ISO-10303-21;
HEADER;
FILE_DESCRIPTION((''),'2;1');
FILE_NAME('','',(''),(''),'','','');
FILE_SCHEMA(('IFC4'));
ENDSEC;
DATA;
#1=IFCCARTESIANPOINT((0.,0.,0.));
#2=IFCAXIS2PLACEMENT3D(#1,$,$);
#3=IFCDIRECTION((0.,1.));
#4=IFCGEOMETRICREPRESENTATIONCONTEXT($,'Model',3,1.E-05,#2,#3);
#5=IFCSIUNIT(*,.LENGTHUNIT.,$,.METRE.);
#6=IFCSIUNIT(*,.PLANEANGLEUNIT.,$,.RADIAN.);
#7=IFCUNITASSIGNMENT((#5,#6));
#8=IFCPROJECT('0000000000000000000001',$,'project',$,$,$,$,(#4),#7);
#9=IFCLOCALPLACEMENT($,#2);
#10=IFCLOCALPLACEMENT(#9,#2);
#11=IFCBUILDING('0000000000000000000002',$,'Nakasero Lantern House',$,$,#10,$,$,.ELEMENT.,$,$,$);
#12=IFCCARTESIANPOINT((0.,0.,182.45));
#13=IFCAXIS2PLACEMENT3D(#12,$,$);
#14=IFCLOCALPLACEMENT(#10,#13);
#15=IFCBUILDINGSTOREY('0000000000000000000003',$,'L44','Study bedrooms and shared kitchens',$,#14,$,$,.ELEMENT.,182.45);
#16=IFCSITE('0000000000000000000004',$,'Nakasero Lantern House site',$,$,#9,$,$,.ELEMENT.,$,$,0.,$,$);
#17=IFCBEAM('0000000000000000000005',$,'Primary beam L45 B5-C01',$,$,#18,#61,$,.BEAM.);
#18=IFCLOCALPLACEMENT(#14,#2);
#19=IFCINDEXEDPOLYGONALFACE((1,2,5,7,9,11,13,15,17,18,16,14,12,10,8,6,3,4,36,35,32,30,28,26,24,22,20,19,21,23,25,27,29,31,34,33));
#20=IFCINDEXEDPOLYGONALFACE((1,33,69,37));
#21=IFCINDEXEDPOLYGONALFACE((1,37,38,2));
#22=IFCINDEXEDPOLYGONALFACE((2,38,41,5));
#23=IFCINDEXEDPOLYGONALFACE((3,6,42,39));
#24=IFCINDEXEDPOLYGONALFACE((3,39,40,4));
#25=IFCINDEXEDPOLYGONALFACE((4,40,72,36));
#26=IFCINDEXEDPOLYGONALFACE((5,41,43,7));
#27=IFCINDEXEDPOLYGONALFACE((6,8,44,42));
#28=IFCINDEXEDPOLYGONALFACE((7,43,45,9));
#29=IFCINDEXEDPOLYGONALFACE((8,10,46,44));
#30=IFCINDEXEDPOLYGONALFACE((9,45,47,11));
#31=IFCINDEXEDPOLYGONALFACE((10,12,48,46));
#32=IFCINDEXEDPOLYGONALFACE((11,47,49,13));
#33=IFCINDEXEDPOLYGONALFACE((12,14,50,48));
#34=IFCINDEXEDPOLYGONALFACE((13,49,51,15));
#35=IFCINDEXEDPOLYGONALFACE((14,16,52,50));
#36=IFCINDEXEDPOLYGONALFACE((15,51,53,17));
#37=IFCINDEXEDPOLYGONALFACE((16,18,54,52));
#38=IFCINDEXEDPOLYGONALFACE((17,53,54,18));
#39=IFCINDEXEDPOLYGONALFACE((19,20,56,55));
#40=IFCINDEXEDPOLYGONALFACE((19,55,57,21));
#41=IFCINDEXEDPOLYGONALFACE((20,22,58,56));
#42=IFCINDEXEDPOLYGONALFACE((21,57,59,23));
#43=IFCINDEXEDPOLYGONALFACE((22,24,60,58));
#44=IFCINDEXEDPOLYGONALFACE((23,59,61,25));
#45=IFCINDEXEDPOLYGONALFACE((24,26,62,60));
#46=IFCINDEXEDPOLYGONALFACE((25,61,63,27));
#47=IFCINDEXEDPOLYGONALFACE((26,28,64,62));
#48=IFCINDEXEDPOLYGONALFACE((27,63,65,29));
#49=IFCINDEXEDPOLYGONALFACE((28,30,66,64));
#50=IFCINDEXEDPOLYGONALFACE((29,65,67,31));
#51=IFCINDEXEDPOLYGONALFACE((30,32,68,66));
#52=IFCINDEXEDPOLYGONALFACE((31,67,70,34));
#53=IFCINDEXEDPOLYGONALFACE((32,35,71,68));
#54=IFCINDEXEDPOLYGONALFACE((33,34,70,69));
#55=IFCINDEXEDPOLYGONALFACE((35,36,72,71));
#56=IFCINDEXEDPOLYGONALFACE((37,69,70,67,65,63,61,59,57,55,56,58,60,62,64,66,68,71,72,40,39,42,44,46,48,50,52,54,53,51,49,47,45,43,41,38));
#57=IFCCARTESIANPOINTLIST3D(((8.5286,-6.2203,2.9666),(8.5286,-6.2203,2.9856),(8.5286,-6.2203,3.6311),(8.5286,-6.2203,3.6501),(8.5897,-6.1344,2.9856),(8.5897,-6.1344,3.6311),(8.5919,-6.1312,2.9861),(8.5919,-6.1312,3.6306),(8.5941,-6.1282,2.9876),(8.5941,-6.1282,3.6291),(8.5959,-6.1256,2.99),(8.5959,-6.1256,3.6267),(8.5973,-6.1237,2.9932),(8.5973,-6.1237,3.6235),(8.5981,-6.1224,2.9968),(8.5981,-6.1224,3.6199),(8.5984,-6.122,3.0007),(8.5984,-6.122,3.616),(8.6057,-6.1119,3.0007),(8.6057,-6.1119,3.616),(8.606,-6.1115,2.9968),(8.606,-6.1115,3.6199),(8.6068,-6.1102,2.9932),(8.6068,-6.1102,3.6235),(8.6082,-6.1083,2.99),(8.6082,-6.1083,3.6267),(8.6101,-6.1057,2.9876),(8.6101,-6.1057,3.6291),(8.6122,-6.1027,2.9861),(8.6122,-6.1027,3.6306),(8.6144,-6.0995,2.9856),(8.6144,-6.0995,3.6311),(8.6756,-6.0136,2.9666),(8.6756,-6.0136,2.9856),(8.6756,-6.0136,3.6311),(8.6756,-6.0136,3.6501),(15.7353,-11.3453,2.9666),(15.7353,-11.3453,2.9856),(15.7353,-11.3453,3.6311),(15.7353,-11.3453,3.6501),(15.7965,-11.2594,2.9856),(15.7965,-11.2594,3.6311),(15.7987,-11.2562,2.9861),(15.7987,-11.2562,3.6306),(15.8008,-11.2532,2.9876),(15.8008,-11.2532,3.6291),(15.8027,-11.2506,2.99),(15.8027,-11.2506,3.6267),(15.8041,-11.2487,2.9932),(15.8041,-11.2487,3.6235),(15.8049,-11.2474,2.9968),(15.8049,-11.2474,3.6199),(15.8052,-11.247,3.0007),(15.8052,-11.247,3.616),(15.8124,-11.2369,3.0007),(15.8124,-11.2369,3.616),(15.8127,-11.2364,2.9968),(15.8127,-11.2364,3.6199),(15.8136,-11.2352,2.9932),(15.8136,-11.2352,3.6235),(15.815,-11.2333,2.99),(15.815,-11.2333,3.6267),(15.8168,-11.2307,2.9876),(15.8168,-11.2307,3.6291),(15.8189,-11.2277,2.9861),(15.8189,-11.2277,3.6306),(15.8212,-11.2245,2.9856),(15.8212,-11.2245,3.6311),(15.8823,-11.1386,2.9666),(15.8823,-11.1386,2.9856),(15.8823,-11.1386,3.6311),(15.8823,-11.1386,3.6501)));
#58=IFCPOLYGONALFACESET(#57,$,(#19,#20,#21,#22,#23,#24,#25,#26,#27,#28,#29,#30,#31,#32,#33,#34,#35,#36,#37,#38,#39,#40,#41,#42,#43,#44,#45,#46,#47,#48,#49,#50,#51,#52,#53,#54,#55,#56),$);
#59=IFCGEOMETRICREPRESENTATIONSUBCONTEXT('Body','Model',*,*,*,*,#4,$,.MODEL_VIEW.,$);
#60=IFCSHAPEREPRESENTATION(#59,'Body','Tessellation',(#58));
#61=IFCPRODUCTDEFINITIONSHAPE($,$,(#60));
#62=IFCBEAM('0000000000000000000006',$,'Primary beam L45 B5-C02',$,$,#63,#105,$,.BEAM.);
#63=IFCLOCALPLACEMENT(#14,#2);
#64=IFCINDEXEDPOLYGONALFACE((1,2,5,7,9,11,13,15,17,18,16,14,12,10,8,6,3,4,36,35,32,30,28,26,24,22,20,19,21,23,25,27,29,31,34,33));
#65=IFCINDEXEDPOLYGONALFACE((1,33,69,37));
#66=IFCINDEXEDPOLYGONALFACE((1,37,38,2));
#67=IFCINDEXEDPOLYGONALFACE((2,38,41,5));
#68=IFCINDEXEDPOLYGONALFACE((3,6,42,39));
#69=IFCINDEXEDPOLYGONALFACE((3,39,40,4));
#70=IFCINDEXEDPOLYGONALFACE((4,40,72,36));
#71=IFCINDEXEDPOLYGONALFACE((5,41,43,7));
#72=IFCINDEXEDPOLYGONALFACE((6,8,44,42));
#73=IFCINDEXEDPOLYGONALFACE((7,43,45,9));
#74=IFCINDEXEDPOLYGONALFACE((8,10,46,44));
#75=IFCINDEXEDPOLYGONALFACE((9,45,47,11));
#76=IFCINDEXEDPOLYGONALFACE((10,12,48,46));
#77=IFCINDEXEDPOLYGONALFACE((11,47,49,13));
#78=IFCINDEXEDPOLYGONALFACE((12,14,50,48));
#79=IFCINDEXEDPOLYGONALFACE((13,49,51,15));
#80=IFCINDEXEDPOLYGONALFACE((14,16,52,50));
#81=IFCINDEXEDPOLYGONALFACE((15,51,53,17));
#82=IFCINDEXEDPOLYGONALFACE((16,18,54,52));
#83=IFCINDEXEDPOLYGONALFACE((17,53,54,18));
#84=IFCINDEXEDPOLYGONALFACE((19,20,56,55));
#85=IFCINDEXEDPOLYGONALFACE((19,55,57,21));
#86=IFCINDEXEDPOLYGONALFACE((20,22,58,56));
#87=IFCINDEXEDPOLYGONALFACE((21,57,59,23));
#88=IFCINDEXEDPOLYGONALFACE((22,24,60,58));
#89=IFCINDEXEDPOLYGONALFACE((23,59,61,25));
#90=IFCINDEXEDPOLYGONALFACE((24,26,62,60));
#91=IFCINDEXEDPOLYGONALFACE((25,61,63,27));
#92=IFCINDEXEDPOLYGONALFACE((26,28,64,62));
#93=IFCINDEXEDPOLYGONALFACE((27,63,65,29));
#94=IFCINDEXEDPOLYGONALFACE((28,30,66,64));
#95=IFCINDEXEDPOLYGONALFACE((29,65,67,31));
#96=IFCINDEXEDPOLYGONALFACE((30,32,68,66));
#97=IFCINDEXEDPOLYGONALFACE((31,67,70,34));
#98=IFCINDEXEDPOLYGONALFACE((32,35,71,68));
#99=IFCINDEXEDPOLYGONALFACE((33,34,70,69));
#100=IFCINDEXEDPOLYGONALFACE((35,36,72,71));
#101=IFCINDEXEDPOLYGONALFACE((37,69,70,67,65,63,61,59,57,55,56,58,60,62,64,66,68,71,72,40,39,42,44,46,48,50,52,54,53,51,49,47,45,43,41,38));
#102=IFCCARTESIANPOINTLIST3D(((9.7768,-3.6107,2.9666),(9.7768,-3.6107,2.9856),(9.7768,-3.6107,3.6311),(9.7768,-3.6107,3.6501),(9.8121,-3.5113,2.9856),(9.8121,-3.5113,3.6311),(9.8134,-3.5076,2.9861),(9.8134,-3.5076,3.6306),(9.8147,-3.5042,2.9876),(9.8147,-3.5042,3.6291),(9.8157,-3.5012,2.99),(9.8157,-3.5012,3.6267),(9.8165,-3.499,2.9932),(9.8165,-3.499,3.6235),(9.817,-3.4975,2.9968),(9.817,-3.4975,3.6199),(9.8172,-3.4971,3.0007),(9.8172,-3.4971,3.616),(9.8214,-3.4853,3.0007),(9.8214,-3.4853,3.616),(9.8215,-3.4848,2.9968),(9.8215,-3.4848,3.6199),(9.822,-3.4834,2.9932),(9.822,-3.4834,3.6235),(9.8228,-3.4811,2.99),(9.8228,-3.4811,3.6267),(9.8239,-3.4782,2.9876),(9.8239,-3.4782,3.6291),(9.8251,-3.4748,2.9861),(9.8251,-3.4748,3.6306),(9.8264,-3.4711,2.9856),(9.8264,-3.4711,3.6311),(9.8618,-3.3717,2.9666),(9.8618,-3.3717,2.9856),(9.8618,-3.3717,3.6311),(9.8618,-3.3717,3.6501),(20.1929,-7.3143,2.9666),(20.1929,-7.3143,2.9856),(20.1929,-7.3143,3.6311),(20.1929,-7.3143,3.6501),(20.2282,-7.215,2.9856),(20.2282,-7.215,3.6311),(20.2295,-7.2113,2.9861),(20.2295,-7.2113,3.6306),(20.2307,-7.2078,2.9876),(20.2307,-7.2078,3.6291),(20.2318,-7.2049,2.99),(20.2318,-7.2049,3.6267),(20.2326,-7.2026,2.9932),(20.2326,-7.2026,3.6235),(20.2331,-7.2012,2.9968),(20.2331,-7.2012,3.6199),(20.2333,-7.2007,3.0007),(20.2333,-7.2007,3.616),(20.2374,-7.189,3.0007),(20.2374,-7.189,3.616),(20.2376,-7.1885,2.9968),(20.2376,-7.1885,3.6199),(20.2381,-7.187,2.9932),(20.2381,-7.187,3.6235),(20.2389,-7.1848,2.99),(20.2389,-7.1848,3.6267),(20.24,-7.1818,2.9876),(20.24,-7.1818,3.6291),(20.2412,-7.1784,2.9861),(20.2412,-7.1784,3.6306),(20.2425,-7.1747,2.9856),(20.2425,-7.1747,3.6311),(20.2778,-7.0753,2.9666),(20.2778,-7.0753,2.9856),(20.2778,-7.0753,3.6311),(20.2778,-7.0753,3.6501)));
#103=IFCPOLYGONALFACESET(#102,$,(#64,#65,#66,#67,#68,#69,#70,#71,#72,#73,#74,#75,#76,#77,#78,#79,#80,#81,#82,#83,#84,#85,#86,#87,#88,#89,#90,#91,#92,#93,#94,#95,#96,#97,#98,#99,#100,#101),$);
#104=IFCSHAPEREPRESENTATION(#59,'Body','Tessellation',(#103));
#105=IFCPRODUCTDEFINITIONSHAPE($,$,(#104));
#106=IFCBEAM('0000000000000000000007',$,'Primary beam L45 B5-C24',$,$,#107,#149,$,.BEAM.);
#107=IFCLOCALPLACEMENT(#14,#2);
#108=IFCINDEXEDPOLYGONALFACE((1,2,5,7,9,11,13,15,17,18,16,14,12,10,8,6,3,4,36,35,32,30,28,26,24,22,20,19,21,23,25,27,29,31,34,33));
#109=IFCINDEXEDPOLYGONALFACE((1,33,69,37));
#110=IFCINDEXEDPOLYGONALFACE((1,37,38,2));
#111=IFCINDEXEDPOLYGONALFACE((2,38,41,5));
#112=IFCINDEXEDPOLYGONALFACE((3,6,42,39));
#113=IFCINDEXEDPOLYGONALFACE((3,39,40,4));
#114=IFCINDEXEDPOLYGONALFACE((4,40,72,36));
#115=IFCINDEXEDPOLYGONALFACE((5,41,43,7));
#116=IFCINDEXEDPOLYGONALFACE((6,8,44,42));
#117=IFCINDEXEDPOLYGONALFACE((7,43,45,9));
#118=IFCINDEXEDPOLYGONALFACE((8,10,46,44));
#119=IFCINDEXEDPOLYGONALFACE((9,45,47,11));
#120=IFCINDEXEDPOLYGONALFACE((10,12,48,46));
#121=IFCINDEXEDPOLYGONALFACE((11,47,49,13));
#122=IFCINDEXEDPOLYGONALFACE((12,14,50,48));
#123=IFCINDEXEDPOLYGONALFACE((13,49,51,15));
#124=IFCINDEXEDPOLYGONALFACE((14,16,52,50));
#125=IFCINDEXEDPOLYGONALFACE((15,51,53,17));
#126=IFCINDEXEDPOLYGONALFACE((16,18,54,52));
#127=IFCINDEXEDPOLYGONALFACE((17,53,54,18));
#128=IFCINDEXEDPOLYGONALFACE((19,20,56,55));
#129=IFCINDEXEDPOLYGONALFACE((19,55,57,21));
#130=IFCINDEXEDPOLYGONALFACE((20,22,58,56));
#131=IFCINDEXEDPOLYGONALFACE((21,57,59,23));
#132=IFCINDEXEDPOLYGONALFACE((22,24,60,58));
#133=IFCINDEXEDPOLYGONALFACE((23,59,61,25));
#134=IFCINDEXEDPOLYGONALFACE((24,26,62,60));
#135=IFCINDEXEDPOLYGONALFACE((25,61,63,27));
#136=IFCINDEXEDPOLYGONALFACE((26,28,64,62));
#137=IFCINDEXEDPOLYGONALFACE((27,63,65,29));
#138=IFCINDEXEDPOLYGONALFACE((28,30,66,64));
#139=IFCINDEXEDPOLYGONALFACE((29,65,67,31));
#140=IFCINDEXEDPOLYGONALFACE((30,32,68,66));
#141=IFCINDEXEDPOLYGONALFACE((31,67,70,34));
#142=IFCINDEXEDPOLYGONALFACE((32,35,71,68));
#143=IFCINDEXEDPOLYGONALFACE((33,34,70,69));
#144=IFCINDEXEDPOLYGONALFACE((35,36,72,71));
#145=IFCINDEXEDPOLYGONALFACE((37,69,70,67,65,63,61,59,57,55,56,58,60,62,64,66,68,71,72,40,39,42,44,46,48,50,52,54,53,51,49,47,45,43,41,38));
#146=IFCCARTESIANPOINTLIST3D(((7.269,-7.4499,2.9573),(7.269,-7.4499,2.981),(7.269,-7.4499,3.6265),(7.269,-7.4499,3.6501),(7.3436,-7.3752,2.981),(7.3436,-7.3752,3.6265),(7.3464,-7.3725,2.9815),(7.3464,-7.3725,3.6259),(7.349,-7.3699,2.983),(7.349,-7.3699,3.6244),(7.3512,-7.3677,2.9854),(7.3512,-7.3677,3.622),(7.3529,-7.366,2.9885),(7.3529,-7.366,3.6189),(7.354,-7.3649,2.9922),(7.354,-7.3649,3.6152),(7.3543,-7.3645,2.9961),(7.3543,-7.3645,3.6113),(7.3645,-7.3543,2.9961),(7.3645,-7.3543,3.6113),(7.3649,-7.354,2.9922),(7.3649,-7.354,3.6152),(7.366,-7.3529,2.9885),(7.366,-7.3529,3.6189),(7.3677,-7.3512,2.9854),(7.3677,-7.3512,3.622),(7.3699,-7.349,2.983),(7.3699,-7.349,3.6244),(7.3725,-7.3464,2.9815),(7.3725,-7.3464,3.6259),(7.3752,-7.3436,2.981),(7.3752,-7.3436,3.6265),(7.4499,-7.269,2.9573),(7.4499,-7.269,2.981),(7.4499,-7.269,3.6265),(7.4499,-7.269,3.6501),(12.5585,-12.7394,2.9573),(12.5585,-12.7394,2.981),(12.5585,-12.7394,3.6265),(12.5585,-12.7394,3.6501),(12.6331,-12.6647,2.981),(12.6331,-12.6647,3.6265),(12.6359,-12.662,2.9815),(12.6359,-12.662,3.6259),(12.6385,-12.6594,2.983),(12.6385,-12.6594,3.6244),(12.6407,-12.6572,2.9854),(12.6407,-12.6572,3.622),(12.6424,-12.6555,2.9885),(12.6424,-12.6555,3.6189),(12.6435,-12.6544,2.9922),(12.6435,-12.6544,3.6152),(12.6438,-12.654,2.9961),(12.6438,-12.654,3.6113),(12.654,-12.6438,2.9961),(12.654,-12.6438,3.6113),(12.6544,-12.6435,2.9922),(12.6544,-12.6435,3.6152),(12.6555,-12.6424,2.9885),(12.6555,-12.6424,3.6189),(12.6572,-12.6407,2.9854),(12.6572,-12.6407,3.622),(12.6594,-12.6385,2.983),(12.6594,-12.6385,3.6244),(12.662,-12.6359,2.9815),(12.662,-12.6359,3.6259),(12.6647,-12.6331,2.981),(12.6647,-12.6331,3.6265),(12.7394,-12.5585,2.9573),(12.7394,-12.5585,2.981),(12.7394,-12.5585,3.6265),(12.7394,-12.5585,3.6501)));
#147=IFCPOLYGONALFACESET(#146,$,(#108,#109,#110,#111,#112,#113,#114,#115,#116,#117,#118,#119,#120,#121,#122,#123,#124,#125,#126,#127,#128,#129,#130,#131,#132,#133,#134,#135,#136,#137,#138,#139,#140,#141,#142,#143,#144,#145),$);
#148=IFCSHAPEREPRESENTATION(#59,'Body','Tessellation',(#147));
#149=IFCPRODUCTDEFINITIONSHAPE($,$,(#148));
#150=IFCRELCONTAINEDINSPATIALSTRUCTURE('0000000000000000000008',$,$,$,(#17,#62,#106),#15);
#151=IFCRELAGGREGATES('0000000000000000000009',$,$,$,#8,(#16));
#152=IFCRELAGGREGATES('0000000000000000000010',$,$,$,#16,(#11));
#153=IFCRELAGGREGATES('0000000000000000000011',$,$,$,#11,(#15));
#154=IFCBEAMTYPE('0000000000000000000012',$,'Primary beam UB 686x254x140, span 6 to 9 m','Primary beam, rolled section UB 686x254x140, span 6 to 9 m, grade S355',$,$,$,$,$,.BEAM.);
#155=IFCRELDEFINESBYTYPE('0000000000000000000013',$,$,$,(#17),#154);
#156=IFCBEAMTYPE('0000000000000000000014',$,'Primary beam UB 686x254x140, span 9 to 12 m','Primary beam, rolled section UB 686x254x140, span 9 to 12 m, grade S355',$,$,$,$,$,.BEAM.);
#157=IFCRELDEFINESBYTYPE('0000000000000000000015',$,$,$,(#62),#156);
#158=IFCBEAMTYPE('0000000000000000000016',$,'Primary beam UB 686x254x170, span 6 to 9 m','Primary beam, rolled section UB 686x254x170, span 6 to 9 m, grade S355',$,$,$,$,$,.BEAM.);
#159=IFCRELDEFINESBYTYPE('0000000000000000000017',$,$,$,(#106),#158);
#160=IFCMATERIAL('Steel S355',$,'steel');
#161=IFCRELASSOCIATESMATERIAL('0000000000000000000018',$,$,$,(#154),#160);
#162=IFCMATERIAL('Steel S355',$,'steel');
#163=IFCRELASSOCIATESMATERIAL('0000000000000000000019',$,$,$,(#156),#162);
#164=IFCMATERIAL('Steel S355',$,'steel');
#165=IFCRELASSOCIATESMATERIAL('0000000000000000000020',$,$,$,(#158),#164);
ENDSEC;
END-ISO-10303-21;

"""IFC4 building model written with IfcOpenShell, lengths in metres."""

from ifc_helpers import new_model, si_unit, direction, frame, origin, origin_2d, place, context, subcontext, project, spatial, i_section, extrude, material, material_profile, profile_set, type_object, element, save


model = new_model("IFC4")

# Units and contexts
model_context = context("Model", 3, precision=1e-05, world=origin(), true_north=direction((0.0, 1.0)))
body_context = subcontext(model_context, "Body", "Model", "MODEL_VIEW")
ifc_project = project(units=[si_unit("LENGTHUNIT", "METRE"), si_unit("PLANEANGLEUNIT", "RADIAN")], contexts=[model_context])

# Site, building, storey
site_placement = place(None, origin())
site = spatial("IfcSite", under=ifc_project, at=site_placement, Name="Nakasero Lantern House site", CompositionType="ELEMENT", RefElevation=0.0)
building_placement = place(site_placement, origin())
building = spatial("IfcBuilding", under=site, at=building_placement, Name="Nakasero Lantern House", CompositionType="ELEMENT")
storey_placement = place(building_placement, frame((0.0, 0.0, 182.45)))
storey = spatial("IfcBuildingStorey", under=building, at=storey_placement, Name="L44", Description="Study bedrooms and shared kitchens", CompositionType="ELEMENT", Elevation=182.45)

# Beams
ifc_material_1 = material(Name="Steel S355", Category="steel")
ifc_material_profile_1 = material_profile(ifc_material_1, i_section(OverallWidth=0.2537, OverallDepth=0.6836, WebThickness=0.0125, FlangeThickness=0.019, FilletRadius=0.0151, at=origin_2d()), Name="UB 686x254x140")
ifc_profile_set_1 = profile_set([ifc_material_profile_1], Name="Steel S355")
beam_type_1 = type_object("IfcBeamType", Name="Primary beam UB 686x254x140, span 6 to 9 m", Description="Primary beam, rolled section UB 686x254x140, span 6 to 9 m, grade S355", PredefinedType="BEAM", material=ifc_profile_set_1)
beam_1_placement = place(storey_placement, frame((15.8088, -11.2419, 3.3083), z_axis=(-0.814946, 0.579537, 0.0), x_axis=(-0.579537, -0.814946, 0.0)))
element("IfcBeam", 1, at=beam_1_placement, inside=storey, type_object=beam_type_1, Name="Primary beam L45 B5-C01", PredefinedType="BEAM", context=body_context, shape_type="SweptSolid", body=[
    extrude(i_section(OverallWidth=0.2537, OverallDepth=0.6836, WebThickness=0.0125, FlangeThickness=0.019, FilletRadius=0.0151, at=origin_2d()), origin(), (0.0, 0.0, 1.0), 8.8433),
])
ifc_material_2 = material(Name="Steel S355", Category="steel")
ifc_material_profile_2 = material_profile(ifc_material_2, i_section(OverallWidth=0.2537, OverallDepth=0.6836, WebThickness=0.0125, FlangeThickness=0.019, FilletRadius=0.0151, at=origin_2d()), Name="UB 686x254x140")
ifc_profile_set_2 = profile_set([ifc_material_profile_2], Name="Steel S355")
beam_type_2 = type_object("IfcBeamType", Name="Primary beam UB 686x254x140, span 9 to 12 m", Description="Primary beam, rolled section UB 686x254x140, span 9 to 12 m, grade S355", PredefinedType="BEAM", material=ifc_profile_set_2)
beam_2_placement = place(storey_placement, frame((20.2354, -7.1948, 3.3083), z_axis=(-0.942211, 0.335021, 0.0), x_axis=(-0.335021, -0.942211, 0.0)))
element("IfcBeam", 2, at=beam_2_placement, inside=storey, type_object=beam_type_2, Name="Primary beam L45 B5-C02", PredefinedType="BEAM", context=body_context, shape_type="SweptSolid", body=[
    extrude(i_section(OverallWidth=0.2537, OverallDepth=0.6836, WebThickness=0.0125, FlangeThickness=0.019, FilletRadius=0.0151, at=origin_2d()), origin(), (0.0, 0.0, 1.0), 11.0549),
])
ifc_material_3 = material(Name="Steel S355", Category="steel")
ifc_material_profile_3 = material_profile(ifc_material_3, i_section(OverallWidth=0.2559, OverallDepth=0.6929, WebThickness=0.0144, FlangeThickness=0.0237, FilletRadius=0.0151, at=origin_2d()), Name="UB 686x254x170")
ifc_profile_set_3 = profile_set([ifc_material_profile_3], Name="Steel S355")
beam_type_3 = type_object("IfcBeamType", Name="Primary beam UB 686x254x170, span 6 to 9 m", Description="Primary beam, rolled section UB 686x254x170, span 6 to 9 m, grade S355", PredefinedType="BEAM", material=ifc_profile_set_3)
beam_3_placement = place(storey_placement, frame((12.6489, -12.6489, 3.3037), z_axis=(-0.707107, 0.707107, 0.0), x_axis=(-0.707107, -0.707107, 0.0)))
element("IfcBeam", 3, at=beam_3_placement, inside=storey, type_object=beam_type_3, Name="Primary beam L45 B5-C24", PredefinedType="BEAM", context=body_context, shape_type="SweptSolid", body=[
    extrude(i_section(OverallWidth=0.2559, OverallDepth=0.6929, WebThickness=0.0144, FlangeThickness=0.0237, FilletRadius=0.0151, at=origin_2d()), origin(), (0.0, 0.0, 1.0), 7.4805),
])

save(model, "model.ifc")
